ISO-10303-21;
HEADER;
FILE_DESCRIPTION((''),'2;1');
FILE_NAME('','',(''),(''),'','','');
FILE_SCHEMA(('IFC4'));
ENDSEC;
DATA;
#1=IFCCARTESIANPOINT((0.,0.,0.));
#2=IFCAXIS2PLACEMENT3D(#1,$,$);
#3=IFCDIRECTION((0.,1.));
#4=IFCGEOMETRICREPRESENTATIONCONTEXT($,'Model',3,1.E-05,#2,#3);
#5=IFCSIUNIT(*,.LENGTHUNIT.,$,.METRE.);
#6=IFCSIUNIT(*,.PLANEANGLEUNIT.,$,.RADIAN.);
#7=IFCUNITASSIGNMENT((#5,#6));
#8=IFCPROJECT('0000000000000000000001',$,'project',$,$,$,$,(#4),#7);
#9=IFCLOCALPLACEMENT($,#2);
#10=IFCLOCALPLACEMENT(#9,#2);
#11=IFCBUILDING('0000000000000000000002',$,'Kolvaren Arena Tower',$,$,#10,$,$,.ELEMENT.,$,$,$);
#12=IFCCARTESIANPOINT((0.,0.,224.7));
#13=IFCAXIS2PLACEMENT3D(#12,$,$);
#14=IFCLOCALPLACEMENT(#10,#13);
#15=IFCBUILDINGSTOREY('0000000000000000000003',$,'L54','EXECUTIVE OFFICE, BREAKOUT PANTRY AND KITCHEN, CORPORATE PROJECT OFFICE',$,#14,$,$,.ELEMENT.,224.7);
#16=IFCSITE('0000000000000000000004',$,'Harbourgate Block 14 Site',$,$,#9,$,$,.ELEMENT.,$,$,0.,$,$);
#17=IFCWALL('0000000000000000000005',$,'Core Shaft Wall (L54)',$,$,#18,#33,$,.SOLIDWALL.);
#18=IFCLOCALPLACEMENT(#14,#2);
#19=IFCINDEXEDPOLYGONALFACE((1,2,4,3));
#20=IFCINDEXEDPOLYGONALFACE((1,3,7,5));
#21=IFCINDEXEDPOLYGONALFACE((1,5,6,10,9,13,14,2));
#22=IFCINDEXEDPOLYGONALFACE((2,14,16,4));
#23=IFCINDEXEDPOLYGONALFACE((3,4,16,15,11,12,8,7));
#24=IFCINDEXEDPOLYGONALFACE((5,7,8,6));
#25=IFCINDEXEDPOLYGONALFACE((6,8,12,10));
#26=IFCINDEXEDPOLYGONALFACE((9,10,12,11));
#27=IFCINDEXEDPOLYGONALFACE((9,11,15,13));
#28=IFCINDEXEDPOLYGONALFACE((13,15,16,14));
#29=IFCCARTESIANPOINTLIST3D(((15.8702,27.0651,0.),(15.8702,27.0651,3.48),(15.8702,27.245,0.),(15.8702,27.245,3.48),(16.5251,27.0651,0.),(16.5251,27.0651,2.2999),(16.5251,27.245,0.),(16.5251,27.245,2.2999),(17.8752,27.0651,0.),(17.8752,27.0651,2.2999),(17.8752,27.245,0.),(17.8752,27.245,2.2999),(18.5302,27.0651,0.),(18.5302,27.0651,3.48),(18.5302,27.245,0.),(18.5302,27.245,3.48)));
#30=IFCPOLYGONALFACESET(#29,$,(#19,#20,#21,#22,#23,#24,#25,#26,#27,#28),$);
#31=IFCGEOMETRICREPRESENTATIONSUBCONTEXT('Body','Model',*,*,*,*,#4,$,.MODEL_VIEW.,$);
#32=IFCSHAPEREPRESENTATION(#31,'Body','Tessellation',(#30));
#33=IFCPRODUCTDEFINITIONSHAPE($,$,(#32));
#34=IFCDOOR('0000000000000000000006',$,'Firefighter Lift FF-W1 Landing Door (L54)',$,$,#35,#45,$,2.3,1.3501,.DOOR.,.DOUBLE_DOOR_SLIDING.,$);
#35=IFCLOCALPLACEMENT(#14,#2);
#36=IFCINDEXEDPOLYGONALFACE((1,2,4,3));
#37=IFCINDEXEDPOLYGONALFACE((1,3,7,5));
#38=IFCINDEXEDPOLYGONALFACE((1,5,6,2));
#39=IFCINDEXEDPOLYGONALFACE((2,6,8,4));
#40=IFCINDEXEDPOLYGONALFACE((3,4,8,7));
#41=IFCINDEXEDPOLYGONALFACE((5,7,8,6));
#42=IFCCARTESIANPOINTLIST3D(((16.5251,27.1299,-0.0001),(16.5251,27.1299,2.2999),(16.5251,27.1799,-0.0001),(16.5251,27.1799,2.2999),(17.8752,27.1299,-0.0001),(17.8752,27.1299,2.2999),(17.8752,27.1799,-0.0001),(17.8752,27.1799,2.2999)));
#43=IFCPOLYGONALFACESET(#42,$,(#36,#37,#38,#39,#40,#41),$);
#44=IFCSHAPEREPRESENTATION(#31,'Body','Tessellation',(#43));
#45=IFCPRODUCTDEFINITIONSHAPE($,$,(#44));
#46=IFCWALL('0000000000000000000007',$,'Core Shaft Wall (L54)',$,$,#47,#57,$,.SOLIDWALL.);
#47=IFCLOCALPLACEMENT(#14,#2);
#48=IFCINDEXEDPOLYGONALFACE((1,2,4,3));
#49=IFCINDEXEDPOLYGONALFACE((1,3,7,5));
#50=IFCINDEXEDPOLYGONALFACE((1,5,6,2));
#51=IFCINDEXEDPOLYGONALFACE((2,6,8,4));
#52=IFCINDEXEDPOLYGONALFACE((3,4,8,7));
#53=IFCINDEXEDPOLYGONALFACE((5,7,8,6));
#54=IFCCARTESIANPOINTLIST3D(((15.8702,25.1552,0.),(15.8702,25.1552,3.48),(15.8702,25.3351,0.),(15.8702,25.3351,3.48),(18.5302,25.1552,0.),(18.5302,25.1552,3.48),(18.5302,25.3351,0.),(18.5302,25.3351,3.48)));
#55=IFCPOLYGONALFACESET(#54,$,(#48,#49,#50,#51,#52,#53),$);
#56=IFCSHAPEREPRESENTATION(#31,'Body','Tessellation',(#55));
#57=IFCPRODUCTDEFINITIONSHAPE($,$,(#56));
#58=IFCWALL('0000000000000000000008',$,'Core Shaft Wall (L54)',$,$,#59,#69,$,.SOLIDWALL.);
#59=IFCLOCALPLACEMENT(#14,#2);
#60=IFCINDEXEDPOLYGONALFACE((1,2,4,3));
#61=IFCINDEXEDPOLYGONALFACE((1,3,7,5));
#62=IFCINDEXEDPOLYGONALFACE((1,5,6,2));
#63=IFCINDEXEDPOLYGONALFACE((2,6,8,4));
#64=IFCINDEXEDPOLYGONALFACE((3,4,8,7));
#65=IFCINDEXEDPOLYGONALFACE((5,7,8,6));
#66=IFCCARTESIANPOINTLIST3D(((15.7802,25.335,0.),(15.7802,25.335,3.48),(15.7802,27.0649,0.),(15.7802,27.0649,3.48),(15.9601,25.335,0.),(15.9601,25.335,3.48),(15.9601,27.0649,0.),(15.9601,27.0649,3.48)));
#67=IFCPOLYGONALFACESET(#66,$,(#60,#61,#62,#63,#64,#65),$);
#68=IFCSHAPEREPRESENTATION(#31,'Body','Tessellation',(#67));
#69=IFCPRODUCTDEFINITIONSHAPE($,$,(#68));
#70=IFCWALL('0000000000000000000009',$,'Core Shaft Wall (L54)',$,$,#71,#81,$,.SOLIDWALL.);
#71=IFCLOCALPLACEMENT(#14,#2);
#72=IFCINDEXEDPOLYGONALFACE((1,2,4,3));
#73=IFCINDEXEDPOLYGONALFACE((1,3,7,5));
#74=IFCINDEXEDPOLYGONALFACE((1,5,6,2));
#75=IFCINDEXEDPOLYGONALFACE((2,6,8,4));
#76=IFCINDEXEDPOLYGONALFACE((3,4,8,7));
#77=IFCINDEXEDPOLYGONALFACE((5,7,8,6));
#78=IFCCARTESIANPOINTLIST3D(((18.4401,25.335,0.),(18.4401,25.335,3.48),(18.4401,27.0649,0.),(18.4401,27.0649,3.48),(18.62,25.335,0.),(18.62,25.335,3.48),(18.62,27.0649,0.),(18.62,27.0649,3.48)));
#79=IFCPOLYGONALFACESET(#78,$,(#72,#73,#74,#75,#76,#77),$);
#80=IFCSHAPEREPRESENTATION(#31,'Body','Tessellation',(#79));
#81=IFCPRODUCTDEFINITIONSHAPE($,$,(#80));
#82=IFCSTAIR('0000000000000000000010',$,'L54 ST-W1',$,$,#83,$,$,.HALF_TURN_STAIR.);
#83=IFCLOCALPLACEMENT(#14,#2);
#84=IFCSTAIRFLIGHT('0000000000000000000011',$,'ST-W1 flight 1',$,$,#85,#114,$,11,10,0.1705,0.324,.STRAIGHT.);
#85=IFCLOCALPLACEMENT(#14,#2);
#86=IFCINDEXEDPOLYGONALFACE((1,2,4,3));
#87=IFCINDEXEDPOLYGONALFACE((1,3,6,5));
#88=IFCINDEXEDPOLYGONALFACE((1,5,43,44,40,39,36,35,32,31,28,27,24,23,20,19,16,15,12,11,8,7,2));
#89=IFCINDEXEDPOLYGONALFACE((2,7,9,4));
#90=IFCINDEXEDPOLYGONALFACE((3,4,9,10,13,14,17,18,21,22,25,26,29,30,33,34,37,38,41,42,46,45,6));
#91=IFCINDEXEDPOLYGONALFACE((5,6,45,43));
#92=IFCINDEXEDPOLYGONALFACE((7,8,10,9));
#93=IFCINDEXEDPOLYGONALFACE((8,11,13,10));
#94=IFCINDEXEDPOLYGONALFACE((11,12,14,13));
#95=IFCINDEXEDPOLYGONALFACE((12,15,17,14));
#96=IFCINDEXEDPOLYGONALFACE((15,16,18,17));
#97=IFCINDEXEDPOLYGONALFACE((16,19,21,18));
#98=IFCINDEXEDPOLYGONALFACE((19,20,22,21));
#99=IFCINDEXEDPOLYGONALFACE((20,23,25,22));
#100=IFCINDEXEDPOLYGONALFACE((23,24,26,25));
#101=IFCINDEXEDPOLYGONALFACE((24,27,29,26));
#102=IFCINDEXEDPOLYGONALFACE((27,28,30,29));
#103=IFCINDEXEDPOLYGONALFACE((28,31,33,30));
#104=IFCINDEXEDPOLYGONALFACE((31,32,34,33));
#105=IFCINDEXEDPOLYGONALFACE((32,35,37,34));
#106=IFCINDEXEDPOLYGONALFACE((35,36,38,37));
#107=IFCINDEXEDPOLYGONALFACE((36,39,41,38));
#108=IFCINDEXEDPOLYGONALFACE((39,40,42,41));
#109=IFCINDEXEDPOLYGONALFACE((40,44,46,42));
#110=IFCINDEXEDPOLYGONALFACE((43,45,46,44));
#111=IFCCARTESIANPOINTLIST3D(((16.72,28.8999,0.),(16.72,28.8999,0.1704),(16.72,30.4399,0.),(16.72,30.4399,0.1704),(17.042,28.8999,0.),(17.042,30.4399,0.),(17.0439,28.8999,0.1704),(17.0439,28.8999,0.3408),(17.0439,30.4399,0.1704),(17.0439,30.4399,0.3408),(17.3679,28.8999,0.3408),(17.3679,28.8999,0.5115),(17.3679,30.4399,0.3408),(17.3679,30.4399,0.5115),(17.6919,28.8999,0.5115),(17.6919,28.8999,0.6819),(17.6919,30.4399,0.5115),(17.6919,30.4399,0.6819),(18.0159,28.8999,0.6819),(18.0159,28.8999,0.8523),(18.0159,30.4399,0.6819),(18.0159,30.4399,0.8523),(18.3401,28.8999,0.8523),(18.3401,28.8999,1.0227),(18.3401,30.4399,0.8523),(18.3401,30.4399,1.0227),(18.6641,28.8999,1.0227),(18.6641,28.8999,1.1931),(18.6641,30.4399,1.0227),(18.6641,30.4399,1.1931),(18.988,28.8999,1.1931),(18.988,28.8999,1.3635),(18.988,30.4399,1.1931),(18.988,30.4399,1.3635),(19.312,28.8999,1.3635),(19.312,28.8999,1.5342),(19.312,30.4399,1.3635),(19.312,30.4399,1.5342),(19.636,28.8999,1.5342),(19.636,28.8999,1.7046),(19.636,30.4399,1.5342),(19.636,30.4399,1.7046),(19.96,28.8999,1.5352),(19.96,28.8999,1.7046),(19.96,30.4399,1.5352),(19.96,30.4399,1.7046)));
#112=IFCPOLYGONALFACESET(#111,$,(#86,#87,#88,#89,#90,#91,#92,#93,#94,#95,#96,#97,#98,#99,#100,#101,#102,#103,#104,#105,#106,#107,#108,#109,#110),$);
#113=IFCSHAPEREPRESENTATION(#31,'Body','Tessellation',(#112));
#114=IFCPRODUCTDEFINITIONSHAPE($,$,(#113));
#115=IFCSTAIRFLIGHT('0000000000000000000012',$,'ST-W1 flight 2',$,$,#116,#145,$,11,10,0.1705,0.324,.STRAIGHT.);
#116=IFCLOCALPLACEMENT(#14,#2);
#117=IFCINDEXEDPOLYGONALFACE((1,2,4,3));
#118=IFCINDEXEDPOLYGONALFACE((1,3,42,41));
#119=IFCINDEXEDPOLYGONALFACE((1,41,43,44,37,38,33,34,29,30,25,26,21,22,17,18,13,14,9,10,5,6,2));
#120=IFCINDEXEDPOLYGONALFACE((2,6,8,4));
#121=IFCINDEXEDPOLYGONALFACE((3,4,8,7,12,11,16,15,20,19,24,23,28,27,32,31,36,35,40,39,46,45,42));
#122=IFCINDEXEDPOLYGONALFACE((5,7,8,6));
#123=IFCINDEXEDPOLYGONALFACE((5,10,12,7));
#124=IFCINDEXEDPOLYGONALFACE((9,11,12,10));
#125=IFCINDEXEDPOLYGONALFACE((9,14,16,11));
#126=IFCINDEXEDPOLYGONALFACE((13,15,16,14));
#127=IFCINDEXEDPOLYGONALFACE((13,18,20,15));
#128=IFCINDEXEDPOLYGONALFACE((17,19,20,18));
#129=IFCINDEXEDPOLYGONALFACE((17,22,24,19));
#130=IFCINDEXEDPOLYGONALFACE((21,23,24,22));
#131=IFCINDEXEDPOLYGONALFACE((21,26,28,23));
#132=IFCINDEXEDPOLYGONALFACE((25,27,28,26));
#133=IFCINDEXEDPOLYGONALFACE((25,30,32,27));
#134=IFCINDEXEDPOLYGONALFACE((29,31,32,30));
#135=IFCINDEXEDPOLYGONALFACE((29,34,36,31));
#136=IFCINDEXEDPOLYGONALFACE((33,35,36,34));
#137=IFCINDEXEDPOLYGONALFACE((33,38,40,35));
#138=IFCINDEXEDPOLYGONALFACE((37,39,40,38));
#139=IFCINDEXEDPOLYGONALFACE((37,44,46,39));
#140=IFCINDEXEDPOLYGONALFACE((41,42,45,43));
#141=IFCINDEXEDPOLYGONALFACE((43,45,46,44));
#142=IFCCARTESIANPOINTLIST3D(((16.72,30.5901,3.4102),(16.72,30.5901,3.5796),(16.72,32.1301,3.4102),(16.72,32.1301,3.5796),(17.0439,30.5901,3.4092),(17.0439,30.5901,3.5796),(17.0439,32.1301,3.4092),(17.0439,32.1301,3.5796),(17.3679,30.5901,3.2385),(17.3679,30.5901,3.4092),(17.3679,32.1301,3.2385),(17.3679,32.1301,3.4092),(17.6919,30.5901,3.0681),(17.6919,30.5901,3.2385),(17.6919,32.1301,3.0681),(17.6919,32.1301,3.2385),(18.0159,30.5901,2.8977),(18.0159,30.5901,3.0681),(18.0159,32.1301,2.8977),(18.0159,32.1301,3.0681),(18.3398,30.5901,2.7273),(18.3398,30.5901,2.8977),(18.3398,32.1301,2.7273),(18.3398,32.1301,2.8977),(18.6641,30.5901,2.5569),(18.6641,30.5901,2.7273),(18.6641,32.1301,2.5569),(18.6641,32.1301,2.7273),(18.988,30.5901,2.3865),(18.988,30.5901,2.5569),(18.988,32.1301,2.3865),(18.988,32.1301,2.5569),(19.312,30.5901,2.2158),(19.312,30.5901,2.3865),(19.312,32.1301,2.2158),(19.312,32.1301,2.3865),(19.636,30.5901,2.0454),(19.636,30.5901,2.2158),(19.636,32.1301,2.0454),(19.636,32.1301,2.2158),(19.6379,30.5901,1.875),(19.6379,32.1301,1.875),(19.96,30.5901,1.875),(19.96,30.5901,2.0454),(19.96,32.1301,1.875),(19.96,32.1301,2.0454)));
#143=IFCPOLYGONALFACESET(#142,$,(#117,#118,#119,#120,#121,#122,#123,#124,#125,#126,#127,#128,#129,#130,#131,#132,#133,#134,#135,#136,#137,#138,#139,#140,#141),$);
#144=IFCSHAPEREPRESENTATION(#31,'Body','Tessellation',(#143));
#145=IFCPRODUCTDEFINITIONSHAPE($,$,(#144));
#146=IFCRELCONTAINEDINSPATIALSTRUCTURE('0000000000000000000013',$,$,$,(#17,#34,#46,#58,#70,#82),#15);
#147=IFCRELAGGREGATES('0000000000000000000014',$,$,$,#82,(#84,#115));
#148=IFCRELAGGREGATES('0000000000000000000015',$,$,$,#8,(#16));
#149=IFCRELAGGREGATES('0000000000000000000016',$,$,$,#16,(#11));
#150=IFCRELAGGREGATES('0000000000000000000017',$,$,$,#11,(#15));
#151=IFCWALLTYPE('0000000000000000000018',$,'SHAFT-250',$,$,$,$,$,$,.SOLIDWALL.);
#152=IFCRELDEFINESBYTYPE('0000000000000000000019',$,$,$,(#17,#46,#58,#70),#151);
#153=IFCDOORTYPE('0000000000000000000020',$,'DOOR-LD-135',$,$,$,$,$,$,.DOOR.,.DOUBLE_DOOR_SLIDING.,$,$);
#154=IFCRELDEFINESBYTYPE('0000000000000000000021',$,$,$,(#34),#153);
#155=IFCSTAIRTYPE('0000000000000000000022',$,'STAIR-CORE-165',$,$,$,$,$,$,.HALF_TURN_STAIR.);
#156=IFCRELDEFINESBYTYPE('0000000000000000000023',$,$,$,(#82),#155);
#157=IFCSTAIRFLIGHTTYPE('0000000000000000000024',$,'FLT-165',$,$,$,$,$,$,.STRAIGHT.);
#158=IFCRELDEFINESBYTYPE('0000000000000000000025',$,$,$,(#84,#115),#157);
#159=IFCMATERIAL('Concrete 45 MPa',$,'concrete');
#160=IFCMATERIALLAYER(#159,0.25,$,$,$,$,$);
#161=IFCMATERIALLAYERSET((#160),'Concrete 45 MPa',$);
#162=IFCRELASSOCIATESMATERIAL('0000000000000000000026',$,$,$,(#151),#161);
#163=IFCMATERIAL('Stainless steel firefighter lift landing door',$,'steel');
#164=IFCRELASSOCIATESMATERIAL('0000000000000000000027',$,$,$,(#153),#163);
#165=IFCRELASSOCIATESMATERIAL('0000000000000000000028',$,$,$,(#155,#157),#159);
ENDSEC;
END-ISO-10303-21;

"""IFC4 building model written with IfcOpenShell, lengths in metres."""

from ifc_helpers import new_model, si_unit, direction, frame, frame_2d, origin, place, context, subcontext, project, spatial, polyline, rectangle, outline, extrude, material, layer, layer_set, type_object, element, fill, aggregate, save


model = new_model("IFC4")

# Units and contexts
model_context = context("Model", 3, precision=1e-05, world=origin(), true_north=direction((0.0, 1.0)))
body_context = subcontext(model_context, "Body", "Model", "MODEL_VIEW")
ifc_project = project(units=[si_unit("LENGTHUNIT", "METRE"), si_unit("PLANEANGLEUNIT", "RADIAN")], contexts=[model_context])

# Site, building, storey
site_placement = place(None, origin())
site = spatial("IfcSite", under=ifc_project, at=site_placement, Name="Harbourgate Block 14 Site", CompositionType="ELEMENT", RefElevation=0.0)
building_placement = place(site_placement, origin())
building = spatial("IfcBuilding", under=site, at=building_placement, Name="Kolvaren Arena Tower", CompositionType="ELEMENT")
storey_placement = place(building_placement, frame((0.0, 0.0, 224.7)))
storey = spatial("IfcBuildingStorey", under=building, at=storey_placement, Name="L54", Description="EXECUTIVE OFFICE, BREAKOUT PANTRY AND KITCHEN, CORPORATE PROJECT OFFICE", CompositionType="ELEMENT", Elevation=224.7)

# Shared definitions
ifc_material_1 = material(Name="Concrete 45 MPa", Category="concrete")
ifc_layer_1 = layer(ifc_material_1, 0.25)
ifc_layer_set_1 = layer_set([ifc_layer_1], Name="Concrete 45 MPa")
wall_type_1 = type_object("IfcWallType", Name="SHAFT-250", PredefinedType="SOLIDWALL", material=ifc_layer_set_1)

# Wall, opening, door
wall_1_placement = place(storey_placement, frame((15.8701, 27.155, 0.0), z_axis=(0.0, 0.0, 1.0), x_axis=(1.0, 0.0, 0.0)))
wall_1 = element("IfcWall", 1, at=wall_1_placement, inside=storey, type_object=wall_type_1, Name="Core Shaft Wall (L54)", PredefinedType="SOLIDWALL", context=body_context, shape_type="SweptSolid", body=[
    extrude(rectangle(XDim=2.6599, YDim=0.1799, at=frame_2d((1.3301, 0.0))), origin(), (0.0, 0.0, 1.0), 3.48),
])
opening_1_placement = place(wall_1_placement, frame((0.655, 0.0, 0.0)))
opening_1 = element("IfcOpeningElement", 2, at=opening_1_placement, cuts=wall_1, PredefinedType="OPENING", context=body_context, shape_type="SweptSolid", body=[
    extrude(rectangle(XDim=1.3501, YDim=2.3, at=frame_2d((0.675, 1.1499))), frame((0.0, 0.0999, 0.0), z_axis=(0.0, -1.0, 0.0), x_axis=(1.0, 0.0, 0.0)), (0.0, 0.0, 1.0), 0.2),
])
ifc_material_2 = material(Name="Stainless steel firefighter lift landing door", Category="steel")
door_type_1 = type_object("IfcDoorType", Name="DOOR-LD-135", OperationType="DOUBLE_DOOR_SLIDING", PredefinedType="DOOR", material=ifc_material_2)
door_1_placement = place(opening_1_placement, origin())
door_1 = element("IfcDoor", 3, at=door_1_placement, inside=storey, type_object=door_type_1, Name="Firefighter Lift FF-W1 Landing Door (L54)", OperationType="DOUBLE_DOOR_SLIDING", OverallHeight=2.3, OverallWidth=1.3501, PredefinedType="DOOR", context=body_context, shape_type="SweptSolid", body=[
    extrude(rectangle(XDim=1.3501, YDim=2.3, at=frame_2d((0.675, 1.1499))), frame((0.0, 0.0249, 0.0), z_axis=(0.0, -1.0, 0.0), x_axis=(1.0, 0.0, 0.0)), (0.0, 0.0, 1.0), 0.05),
])
fill(opening_1, door_1)

# Walls
wall_2_placement = place(storey_placement, frame((15.8701, 25.2451, 0.0), z_axis=(0.0, 0.0, 1.0), x_axis=(1.0, 0.0, 0.0)))
element("IfcWall", 4, at=wall_2_placement, inside=storey, type_object=wall_type_1, Name="Core Shaft Wall (L54)", PredefinedType="SOLIDWALL", context=body_context, shape_type="SweptSolid", body=[
    extrude(rectangle(XDim=2.6599, YDim=0.1799, at=frame_2d((1.3301, 0.0))), origin(), (0.0, 0.0, 1.0), 3.48),
])
for number, where, z_axis, x_axis, name in (
    (5, (15.8701, 25.335, 0.0), (0.0, 0.0, 1.0), (0.0, 1.0, 0.0), "Core Shaft Wall (L54)"),
    (6, (18.53, 25.335, 0.0), (0.0, 0.0, 1.0), (0.0, 1.0, 0.0), "Core Shaft Wall (L54)"),
):
    element("IfcWall", number, at=place(storey_placement, frame(where, z_axis=z_axis, x_axis=x_axis)), inside=storey, type_object=wall_type_1, Name=name, PredefinedType="SOLIDWALL", context=body_context, shape_type="SweptSolid", body=[
        extrude(rectangle(XDim=1.73, YDim=0.1799, at=frame_2d((0.865, 0.0))), origin(), (0.0, 0.0, 1.0), 3.48),
    ])

# Stair, stair flights
stair_type = type_object("IfcStairType", Name="STAIR-CORE-165", PredefinedType="HALF_TURN_STAIR", material=ifc_material_1)
stair_placement = place(storey_placement, origin())
stair = element("IfcStair", 7, at=stair_placement, inside=storey, type_object=stair_type, Name="L54 ST-W1", PredefinedType="HALF_TURN_STAIR")
stair_flight_type = type_object("IfcStairFlightType", Name="FLT-165", PredefinedType="STRAIGHT", material=ifc_material_1)
stair_flight_1_placement = place(storey_placement, frame((16.72, 29.6699, 0.0), z_axis=(0.0, 0.0, 1.0), x_axis=(1.0, 0.0, 0.0)))
stair_flight_1 = element("IfcStairFlight", 8, at=stair_flight_1_placement, type_object=stair_flight_type, Name="ST-W1 flight 1", NumberOfRisers=11, NumberOfTreads=10, PredefinedType="STRAIGHT", RiserHeight=0.1705, TreadLength=0.324, context=body_context, shape_type="SweptSolid", body=[
    extrude(outline(polyline([(0.0, 0.0), (0.0, 0.1704), (0.324, 0.1704), (0.324, 0.3408), (0.6479, 0.3408), (0.6479, 0.5115), (0.9719, 0.5115), (0.9719, 0.6819), (1.2959, 0.6819), (1.2959, 0.8523), (1.6201, 0.8523), (1.6201, 1.0227), (1.9441, 1.0227), (1.9441, 1.1931), (2.2681, 1.1931), (2.2681, 1.3635), (2.592, 1.3635), (2.592, 1.5342), (2.916, 1.5342), (2.916, 1.7046), (3.24, 1.7046), (3.24, 1.875), (3.24, 1.5352), (0.322, 0.0), (0.0, 0.0)])), frame((0.0, 0.77, 0.0), z_axis=(0.0, -1.0, 0.0), x_axis=(1.0, 0.0, 0.0)), (0.0, 0.0, 1.0), 1.54),
])
stair_flight_2_placement = place(storey_placement, frame((19.96, 31.3601, 1.875), z_axis=(0.0, 0.0, 1.0), x_axis=(-1.0, 0.0, 0.0)))
stair_flight_2 = element("IfcStairFlight", 9, at=stair_flight_2_placement, type_object=stair_flight_type, Name="ST-W1 flight 2", NumberOfRisers=11, NumberOfTreads=10, PredefinedType="STRAIGHT", RiserHeight=0.1705, TreadLength=0.324, context=body_context, shape_type="SweptSolid", body=[
    extrude(outline(polyline([(0.0, 0.0), (0.0, 0.1704), (0.324, 0.1704), (0.324, 0.3408), (0.6479, 0.3408), (0.6479, 0.5115), (0.9719, 0.5115), (0.9719, 0.6819), (1.2959, 0.6819), (1.2959, 0.8523), (1.6201, 0.8523), (1.6201, 1.0227), (1.9441, 1.0227), (1.9441, 1.1931), (2.2681, 1.1931), (2.2681, 1.3635), (2.592, 1.3635), (2.592, 1.5342), (2.916, 1.5342), (2.916, 1.7046), (3.24, 1.7046), (3.24, 1.875), (3.24, 1.5352), (0.322, 0.0), (0.0, 0.0)])), frame((0.0, 0.77, 0.0), z_axis=(0.0, -1.0, 0.0), x_axis=(1.0, 0.0, 0.0)), (0.0, 0.0, 1.0), 1.54),
])
aggregate(stair, [stair_flight_1, stair_flight_2])

save(model, "model.ifc")
